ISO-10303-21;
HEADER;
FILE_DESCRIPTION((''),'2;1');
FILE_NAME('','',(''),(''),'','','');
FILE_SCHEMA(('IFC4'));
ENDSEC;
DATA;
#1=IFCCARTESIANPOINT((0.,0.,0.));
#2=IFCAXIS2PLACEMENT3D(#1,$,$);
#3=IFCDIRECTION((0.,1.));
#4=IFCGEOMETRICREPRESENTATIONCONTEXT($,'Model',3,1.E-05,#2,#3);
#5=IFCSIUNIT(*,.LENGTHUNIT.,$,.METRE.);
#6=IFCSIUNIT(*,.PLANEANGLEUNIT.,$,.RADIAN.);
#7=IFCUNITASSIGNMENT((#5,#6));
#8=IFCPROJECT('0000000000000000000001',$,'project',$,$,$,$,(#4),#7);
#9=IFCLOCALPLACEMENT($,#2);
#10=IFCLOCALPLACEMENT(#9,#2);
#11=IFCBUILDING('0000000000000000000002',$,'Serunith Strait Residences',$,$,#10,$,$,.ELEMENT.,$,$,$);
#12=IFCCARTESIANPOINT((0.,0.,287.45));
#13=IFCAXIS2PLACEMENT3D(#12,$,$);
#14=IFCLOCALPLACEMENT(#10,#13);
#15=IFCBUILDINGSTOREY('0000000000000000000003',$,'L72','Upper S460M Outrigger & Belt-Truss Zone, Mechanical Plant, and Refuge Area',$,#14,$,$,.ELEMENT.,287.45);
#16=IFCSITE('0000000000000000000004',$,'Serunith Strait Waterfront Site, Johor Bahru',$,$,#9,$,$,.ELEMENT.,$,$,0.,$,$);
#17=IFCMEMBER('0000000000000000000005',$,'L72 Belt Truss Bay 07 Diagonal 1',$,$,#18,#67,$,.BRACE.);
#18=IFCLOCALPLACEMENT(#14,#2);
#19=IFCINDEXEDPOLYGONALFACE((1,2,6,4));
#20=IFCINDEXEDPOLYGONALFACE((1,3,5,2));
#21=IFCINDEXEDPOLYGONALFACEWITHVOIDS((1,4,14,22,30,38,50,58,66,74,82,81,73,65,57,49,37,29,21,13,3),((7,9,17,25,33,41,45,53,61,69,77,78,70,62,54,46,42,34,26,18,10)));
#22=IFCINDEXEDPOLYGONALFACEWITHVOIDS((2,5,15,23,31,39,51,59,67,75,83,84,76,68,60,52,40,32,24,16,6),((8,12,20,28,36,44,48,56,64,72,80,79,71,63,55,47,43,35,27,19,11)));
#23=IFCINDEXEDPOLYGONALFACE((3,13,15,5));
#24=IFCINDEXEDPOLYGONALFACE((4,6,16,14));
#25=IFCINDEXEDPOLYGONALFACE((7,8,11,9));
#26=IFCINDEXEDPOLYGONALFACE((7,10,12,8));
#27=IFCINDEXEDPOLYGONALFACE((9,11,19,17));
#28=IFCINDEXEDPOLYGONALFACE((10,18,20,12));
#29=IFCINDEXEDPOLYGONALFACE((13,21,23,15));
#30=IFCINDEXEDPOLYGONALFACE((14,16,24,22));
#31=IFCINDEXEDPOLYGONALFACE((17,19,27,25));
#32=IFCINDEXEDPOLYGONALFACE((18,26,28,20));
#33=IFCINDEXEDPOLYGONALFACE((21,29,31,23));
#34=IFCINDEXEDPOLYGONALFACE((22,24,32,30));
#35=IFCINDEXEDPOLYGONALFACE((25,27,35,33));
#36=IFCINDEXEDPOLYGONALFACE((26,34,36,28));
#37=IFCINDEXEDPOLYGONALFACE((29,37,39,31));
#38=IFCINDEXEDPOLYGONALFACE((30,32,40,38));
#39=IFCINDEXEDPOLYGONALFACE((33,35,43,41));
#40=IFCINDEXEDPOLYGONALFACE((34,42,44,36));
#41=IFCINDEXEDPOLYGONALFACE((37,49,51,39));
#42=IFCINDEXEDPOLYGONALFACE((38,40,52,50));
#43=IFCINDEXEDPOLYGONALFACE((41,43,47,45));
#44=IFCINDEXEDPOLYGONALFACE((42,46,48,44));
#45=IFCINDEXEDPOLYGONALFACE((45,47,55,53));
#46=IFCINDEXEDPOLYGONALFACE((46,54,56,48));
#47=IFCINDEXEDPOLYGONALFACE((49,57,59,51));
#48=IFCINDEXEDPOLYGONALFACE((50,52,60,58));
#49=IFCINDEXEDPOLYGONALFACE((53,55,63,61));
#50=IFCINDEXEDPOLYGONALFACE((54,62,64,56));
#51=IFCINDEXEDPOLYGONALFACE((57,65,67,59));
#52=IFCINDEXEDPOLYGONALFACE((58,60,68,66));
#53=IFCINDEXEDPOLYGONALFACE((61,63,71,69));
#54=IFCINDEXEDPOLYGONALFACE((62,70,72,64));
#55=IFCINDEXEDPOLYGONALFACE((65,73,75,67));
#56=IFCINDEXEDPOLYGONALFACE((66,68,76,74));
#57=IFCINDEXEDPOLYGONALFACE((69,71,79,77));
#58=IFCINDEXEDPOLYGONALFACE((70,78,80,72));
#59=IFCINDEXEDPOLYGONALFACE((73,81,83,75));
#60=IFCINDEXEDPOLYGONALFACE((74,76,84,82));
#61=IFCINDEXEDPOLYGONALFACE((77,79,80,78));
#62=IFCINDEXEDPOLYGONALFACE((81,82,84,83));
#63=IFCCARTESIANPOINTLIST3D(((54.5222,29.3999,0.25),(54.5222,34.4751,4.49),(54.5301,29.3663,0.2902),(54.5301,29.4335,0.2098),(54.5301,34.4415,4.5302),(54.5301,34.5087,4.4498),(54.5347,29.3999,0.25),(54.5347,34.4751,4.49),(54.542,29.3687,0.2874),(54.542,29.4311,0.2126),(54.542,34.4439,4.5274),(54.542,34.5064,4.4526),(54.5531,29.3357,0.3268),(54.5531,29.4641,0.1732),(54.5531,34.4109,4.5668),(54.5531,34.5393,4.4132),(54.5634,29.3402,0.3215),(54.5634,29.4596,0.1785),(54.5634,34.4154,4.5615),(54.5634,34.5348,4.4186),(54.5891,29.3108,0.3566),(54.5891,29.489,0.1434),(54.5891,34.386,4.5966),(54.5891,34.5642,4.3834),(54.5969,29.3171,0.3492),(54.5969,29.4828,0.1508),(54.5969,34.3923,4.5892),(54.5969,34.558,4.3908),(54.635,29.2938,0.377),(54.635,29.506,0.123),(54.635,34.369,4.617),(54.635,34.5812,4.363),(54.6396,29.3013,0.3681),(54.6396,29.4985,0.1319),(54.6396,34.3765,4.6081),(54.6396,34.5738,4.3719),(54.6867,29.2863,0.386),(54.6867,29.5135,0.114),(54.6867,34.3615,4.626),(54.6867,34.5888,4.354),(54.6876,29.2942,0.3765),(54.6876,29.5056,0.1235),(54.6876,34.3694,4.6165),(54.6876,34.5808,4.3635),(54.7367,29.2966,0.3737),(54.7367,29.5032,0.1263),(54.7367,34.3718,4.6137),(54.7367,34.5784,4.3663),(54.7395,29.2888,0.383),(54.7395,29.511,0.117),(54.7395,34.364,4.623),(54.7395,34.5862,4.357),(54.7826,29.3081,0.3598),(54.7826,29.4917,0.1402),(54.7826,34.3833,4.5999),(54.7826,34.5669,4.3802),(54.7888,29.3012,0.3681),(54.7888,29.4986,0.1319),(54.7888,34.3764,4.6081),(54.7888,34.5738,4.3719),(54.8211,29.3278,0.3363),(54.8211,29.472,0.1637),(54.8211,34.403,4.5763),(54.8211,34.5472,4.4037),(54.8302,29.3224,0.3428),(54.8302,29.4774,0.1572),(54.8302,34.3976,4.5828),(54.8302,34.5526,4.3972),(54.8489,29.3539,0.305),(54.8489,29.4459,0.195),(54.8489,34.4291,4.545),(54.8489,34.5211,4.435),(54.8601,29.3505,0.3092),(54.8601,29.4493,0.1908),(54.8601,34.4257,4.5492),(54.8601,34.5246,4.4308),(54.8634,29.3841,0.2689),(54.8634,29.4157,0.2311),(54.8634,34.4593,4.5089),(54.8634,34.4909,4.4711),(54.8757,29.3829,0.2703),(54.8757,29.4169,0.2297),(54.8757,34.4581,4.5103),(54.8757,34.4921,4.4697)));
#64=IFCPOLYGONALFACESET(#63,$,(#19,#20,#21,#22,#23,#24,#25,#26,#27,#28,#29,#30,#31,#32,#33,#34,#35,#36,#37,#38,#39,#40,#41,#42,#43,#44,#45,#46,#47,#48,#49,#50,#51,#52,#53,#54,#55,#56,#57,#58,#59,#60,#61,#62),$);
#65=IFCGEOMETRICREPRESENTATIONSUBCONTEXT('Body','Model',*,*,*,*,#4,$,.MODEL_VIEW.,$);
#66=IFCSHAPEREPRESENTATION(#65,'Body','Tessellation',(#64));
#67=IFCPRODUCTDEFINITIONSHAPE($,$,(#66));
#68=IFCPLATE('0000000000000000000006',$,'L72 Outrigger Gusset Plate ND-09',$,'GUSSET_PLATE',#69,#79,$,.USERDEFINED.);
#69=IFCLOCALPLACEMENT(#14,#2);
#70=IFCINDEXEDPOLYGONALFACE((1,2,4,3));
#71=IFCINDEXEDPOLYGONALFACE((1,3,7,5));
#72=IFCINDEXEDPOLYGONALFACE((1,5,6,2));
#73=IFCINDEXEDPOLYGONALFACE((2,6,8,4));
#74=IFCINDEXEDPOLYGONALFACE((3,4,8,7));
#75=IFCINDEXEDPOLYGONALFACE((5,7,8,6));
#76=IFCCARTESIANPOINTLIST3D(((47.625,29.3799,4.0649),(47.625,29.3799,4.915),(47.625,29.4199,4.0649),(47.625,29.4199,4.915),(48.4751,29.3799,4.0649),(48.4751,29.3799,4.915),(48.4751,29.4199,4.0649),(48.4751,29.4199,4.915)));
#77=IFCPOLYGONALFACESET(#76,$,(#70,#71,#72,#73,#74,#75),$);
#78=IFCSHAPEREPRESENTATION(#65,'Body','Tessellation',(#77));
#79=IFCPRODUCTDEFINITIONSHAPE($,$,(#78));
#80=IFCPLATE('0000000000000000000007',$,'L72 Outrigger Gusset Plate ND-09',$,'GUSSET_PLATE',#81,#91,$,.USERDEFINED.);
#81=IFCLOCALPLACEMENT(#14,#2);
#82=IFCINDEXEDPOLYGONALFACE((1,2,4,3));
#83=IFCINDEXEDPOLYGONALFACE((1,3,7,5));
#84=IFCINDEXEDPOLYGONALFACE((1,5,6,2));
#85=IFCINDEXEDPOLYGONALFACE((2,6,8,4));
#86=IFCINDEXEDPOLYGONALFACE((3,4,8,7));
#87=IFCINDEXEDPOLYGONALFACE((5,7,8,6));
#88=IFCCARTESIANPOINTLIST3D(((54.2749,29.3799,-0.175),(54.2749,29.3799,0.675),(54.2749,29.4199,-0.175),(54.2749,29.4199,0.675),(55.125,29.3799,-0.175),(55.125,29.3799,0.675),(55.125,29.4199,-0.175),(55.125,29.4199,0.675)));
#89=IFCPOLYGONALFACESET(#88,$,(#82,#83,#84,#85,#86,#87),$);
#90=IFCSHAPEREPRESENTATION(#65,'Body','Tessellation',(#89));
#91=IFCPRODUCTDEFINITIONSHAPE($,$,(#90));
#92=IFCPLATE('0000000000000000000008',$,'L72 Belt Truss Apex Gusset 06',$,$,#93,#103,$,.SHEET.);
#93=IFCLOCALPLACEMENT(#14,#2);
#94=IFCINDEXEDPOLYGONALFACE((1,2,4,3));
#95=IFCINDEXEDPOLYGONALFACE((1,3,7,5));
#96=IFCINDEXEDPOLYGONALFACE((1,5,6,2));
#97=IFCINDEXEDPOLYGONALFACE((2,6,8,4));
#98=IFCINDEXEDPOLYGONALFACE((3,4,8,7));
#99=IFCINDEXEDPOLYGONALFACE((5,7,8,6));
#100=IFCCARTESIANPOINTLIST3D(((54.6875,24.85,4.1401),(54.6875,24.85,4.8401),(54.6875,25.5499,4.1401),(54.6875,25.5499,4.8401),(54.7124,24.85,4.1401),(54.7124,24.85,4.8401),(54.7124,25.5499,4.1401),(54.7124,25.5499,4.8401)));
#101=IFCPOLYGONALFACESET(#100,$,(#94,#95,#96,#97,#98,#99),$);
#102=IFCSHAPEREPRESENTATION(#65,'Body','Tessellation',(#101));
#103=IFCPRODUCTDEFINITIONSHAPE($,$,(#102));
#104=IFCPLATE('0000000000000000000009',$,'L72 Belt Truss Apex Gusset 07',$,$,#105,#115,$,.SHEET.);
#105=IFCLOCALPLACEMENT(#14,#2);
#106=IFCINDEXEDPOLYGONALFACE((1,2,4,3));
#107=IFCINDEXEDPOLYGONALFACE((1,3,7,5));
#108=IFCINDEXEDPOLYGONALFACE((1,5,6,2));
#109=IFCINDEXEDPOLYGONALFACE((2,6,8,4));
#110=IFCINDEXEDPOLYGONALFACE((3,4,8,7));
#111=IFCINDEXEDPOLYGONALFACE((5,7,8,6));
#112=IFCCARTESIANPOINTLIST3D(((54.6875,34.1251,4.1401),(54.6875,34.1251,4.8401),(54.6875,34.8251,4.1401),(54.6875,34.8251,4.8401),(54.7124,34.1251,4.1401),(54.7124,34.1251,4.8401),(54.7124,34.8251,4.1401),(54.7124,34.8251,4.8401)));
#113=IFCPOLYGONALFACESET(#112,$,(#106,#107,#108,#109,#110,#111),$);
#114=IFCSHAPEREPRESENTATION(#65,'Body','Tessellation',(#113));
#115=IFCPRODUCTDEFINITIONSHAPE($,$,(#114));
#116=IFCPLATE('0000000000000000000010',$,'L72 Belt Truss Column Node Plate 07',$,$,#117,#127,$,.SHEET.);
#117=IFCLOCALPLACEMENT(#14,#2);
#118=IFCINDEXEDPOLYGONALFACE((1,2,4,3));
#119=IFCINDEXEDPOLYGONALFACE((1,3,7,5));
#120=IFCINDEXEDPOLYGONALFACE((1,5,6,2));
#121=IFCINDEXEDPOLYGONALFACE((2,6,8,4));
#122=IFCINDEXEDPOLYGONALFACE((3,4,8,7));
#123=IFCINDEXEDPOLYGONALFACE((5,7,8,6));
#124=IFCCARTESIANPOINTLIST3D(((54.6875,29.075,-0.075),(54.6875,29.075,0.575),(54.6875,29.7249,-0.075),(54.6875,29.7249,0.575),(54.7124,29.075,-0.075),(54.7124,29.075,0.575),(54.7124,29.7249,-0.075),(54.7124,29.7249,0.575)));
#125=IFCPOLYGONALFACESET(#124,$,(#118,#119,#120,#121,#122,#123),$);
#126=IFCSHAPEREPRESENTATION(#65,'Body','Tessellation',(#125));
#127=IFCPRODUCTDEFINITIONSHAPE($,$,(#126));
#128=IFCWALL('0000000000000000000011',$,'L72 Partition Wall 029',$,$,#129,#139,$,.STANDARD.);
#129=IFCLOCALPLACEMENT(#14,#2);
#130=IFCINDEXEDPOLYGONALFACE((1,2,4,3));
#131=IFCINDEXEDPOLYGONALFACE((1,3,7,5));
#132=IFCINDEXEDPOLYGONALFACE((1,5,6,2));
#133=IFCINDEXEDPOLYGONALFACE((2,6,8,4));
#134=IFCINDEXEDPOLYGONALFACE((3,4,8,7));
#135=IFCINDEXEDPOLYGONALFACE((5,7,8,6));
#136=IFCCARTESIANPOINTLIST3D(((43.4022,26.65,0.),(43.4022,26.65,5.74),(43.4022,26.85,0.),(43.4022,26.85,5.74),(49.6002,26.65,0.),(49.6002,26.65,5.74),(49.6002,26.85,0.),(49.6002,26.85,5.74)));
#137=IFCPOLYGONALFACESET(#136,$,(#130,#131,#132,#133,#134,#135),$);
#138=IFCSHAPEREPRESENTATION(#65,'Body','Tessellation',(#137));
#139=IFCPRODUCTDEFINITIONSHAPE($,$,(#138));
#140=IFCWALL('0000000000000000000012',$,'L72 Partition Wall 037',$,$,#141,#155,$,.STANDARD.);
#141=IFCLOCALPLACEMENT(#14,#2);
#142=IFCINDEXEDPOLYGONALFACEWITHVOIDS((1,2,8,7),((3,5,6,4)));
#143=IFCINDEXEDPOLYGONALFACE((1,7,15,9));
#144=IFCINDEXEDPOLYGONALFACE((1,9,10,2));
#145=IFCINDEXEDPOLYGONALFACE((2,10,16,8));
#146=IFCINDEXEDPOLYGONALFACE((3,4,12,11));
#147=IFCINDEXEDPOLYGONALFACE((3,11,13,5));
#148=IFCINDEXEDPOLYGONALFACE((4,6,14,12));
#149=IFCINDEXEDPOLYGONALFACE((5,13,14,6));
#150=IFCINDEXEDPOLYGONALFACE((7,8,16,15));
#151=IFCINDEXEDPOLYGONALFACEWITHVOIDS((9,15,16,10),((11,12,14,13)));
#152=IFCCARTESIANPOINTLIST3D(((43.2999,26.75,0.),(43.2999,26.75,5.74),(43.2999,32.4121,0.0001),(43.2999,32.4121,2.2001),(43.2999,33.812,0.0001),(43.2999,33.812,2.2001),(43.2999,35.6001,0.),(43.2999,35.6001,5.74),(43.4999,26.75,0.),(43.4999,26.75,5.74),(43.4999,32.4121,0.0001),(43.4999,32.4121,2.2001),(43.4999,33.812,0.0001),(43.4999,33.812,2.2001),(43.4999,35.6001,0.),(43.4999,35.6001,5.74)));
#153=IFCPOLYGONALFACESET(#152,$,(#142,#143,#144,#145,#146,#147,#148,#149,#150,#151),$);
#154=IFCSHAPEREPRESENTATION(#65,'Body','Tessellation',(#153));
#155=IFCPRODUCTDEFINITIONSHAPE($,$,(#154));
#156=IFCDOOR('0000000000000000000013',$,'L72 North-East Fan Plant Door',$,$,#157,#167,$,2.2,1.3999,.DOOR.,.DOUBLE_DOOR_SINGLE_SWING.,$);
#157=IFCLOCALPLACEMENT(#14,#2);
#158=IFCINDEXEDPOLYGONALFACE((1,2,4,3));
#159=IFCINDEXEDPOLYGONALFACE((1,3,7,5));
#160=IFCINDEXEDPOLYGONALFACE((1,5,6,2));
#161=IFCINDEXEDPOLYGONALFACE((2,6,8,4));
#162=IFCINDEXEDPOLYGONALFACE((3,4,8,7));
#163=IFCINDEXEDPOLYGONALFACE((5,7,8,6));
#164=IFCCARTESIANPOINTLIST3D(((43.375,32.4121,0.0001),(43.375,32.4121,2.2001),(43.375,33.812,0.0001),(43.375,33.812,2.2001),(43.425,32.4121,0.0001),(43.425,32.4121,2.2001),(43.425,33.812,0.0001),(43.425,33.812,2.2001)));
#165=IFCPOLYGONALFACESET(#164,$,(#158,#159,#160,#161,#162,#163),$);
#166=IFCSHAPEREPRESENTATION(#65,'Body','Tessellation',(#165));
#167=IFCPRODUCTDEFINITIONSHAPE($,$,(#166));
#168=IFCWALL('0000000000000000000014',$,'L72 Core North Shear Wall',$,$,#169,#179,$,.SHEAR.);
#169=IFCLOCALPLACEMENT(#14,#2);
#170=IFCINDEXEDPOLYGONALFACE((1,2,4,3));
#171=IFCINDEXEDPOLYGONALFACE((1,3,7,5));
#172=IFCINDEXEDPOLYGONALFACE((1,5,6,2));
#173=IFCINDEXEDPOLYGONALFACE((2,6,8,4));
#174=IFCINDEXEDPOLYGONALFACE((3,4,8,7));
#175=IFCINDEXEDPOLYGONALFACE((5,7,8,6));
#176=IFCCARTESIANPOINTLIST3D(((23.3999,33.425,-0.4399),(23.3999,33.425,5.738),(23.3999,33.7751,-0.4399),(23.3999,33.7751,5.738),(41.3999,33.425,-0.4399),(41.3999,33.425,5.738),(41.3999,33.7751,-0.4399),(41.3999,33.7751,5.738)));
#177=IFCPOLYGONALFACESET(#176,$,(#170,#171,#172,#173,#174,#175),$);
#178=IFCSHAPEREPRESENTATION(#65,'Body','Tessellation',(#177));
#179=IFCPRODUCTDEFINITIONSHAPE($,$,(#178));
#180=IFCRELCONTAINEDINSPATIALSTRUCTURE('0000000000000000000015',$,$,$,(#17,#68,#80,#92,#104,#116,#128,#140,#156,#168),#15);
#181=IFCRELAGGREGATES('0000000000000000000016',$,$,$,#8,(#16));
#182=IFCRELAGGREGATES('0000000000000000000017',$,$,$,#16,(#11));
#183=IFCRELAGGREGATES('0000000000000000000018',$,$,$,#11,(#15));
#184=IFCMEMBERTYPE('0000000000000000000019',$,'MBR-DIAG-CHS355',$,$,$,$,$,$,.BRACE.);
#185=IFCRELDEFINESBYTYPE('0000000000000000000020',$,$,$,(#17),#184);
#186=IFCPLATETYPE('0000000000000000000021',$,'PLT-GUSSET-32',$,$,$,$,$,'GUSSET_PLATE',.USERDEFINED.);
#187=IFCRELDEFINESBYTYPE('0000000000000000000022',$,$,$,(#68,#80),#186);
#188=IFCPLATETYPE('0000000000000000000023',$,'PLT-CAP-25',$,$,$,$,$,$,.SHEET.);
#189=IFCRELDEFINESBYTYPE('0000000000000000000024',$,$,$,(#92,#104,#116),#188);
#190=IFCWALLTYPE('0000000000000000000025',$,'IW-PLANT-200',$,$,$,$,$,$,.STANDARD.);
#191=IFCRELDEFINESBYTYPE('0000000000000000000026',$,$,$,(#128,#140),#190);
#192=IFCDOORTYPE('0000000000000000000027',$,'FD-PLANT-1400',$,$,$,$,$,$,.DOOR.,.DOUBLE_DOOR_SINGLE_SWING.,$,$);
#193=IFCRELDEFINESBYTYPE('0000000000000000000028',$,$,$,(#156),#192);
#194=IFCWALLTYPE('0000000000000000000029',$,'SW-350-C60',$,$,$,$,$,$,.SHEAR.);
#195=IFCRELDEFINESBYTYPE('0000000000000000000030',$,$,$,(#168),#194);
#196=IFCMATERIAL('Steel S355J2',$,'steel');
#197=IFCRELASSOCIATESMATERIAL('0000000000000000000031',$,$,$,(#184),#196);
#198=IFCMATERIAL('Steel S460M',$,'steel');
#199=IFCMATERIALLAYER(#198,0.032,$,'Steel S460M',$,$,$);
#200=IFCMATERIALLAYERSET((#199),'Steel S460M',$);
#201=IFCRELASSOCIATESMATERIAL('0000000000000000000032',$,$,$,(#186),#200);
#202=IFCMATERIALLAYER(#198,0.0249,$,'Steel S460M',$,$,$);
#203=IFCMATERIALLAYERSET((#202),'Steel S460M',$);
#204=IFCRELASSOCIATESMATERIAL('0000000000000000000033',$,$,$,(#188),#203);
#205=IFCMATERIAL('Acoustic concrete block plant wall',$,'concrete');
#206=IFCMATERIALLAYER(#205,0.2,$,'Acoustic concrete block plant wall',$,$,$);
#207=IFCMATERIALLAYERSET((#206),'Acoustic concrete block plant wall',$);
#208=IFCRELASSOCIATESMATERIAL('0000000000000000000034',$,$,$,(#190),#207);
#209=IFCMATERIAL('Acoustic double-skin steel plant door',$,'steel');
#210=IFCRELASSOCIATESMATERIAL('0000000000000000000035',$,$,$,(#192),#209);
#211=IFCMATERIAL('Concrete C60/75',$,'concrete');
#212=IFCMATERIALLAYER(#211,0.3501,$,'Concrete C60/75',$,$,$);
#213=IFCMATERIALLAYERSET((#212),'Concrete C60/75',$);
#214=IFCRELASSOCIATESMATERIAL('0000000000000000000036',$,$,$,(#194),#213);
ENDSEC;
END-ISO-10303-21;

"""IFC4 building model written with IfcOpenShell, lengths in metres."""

from ifc_helpers import new_model, si_unit, direction, frame, frame_2d, origin, origin_2d, place, context, subcontext, project, spatial, rectangle, hollow_circle, extrude, source, transform, mapped, material, layer, layer_set, material_profile, profile_set, type_object, element, fill, save


model = new_model("IFC4")

# Units and contexts
model_context = context("Model", 3, precision=1e-05, world=origin(), true_north=direction((0.0, 1.0)))
body_context = subcontext(model_context, "Body", "Model", "MODEL_VIEW")
ifc_project = project(units=[si_unit("LENGTHUNIT", "METRE"), si_unit("PLANEANGLEUNIT", "RADIAN")], contexts=[model_context])

# Site, building, storey
site_placement = place(None, origin())
site = spatial("IfcSite", under=ifc_project, at=site_placement, Name="Serunith Strait Waterfront Site, Johor Bahru", CompositionType="ELEMENT", RefElevation=0.0)
building_placement = place(site_placement, origin())
building = spatial("IfcBuilding", under=site, at=building_placement, Name="Serunith Strait Residences", CompositionType="ELEMENT")
storey_placement = place(building_placement, frame((0.0, 0.0, 287.45)))
storey = spatial("IfcBuildingStorey", under=building, at=storey_placement, Name="L72", Description="Upper S460M Outrigger & Belt-Truss Zone, Mechanical Plant, and Refuge Area", CompositionType="ELEMENT", Elevation=287.45)

# Shared definitions
ifc_material_1 = material(Name="Steel S355J2", Category="steel")

# Member
ifc_material_2 = material(Name="Steel S460M", Category="steel")
ifc_material_profile_1 = material_profile(ifc_material_1, hollow_circle(Radius=0.1777, WallThickness=0.0125, at=origin_2d()), Name="CHS 355.6x12.5")
ifc_profile_set_1 = profile_set([ifc_material_profile_1], Name="Steel S355J2")
member_type_1 = type_object("IfcMemberType", Name="MBR-DIAG-CHS355", PredefinedType="BRACE", material=ifc_profile_set_1)
shared_shape_1 = source(origin(), body_context, "Body", "SweptSolid", [
    extrude(hollow_circle(Radius=0.1777, WallThickness=0.0125, at=origin_2d()), origin(), (0.0, 0.0, 1.0), 6.6133),
])
member_1_placement = place(storey_placement, frame((54.7, 29.3999, 0.25), z_axis=(0.0, 0.767428, 0.641135), x_axis=(-1.0, 0.0, 0.0)))
element("IfcMember", 1, at=member_1_placement, inside=storey, type_object=member_type_1, Name="L72 Belt Truss Bay 07 Diagonal 1", PredefinedType="BRACE", context=body_context, shape_type="MappedRepresentation", body=[
    mapped(shared_shape_1, transform((0.0, 0.0, 0.0), scale=1.0)),
])

# Plates
ifc_layer_1 = layer(ifc_material_2, 0.032, Name="Steel S460M")
ifc_layer_set_1 = layer_set([ifc_layer_1], Name="Steel S460M")
plate_type_1 = type_object("IfcPlateType", Name="PLT-GUSSET-32", ElementType="GUSSET_PLATE", PredefinedType="USERDEFINED", material=ifc_layer_set_1)
shared_shape_2 = source(origin(), body_context, "Body", "SweptSolid", [
    extrude(rectangle(XDim=0.8501, YDim=0.04, at=origin_2d()), origin(), (0.0, 0.0, 1.0), 0.8501),
])
for number, where, z_axis, x_axis, name in (
    (2, (48.05, 29.3999, 4.0649), (0.0, 0.0, 1.0), (1.0, 0.0, 0.0), "L72 Outrigger Gusset Plate ND-09"),
    (3, (54.7, 29.3999, -0.175), (0.0, 0.0, 1.0), (1.0, 0.0, 0.0), "L72 Outrigger Gusset Plate ND-09"),
):
    element("IfcPlate", number, at=place(storey_placement, frame(where, z_axis=z_axis, x_axis=x_axis)), inside=storey, type_object=plate_type_1, Name=name, ObjectType="GUSSET_PLATE", PredefinedType="USERDEFINED", context=body_context, shape_type="MappedRepresentation", body=[
        mapped(shared_shape_2, transform((0.0, 0.0, 0.0), scale=1.0)),
    ])
ifc_layer_2 = layer(ifc_material_2, 0.0249, Name="Steel S460M")
ifc_layer_set_2 = layer_set([ifc_layer_2], Name="Steel S460M")
plate_type_2 = type_object("IfcPlateType", Name="PLT-CAP-25", PredefinedType="SHEET", material=ifc_layer_set_2)
shared_shape_3 = source(origin(), body_context, "Body", "SweptSolid", [
    extrude(rectangle(XDim=0.7, YDim=0.0249, at=origin_2d()), origin(), (0.0, 0.0, 1.0), 0.7),
])
for number, where, z_axis, x_axis, name in (
    (4, (54.7, 25.2, 4.1401), (0.0, 0.0, 1.0), (0.0, 1.0, 0.0), "L72 Belt Truss Apex Gusset 06"),
    (5, (54.7, 34.4751, 4.1401), (0.0, 0.0, 1.0), (0.0, 1.0, 0.0), "L72 Belt Truss Apex Gusset 07"),
):
    element("IfcPlate", number, at=place(storey_placement, frame(where, z_axis=z_axis, x_axis=x_axis)), inside=storey, type_object=plate_type_2, Name=name, PredefinedType="SHEET", context=body_context, shape_type="MappedRepresentation", body=[
        mapped(shared_shape_3, transform((0.0, 0.0, 0.0), scale=1.0)),
    ])
shared_shape_4 = source(origin(), body_context, "Body", "SweptSolid", [
    extrude(rectangle(XDim=0.6499, YDim=0.0249, at=origin_2d()), origin(), (0.0, 0.0, 1.0), 0.6499),
])
plate_placement = place(storey_placement, frame((54.7, 29.3999, -0.075), z_axis=(0.0, 0.0, 1.0), x_axis=(0.0, 1.0, 0.0)))
element("IfcPlate", 6, at=plate_placement, inside=storey, type_object=plate_type_2, Name="L72 Belt Truss Column Node Plate 07", PredefinedType="SHEET", context=body_context, shape_type="MappedRepresentation", body=[
    mapped(shared_shape_4, transform((0.0, 0.0, 0.0), scale=1.0)),
])

# Wall
ifc_material_3 = material(Name="Acoustic concrete block plant wall", Category="concrete")
ifc_layer_3 = layer(ifc_material_3, 0.2, Name="Acoustic concrete block plant wall")
ifc_layer_set_3 = layer_set([ifc_layer_3], Name="Acoustic concrete block plant wall")
wall_type_1 = type_object("IfcWallType", Name="IW-PLANT-200", PredefinedType="STANDARD", material=ifc_layer_set_3)
wall_1_placement = place(storey_placement, frame((43.4021, 26.75, 0.0), z_axis=(0.0, 0.0, 1.0), x_axis=(1.0, 0.0, 0.0)))
element("IfcWall", 7, at=wall_1_placement, inside=storey, type_object=wall_type_1, Name="L72 Partition Wall 029", PredefinedType="STANDARD", context=body_context, shape_type="SweptSolid", body=[
    extrude(rectangle(XDim=6.198, YDim=0.2, at=frame_2d((3.0991, 0.0))), origin(), (0.0, 0.0, 1.0), 5.74),
])

# Wall, opening, door
wall_2_placement = place(storey_placement, frame((43.3999, 26.75, 0.0), z_axis=(0.0, 0.0, 1.0), x_axis=(0.0, 1.0, 0.0)))
wall_2 = element("IfcWall", 8, at=wall_2_placement, inside=storey, type_object=wall_type_1, Name="L72 Partition Wall 037", PredefinedType="STANDARD", context=body_context, shape_type="SweptSolid", body=[
    extrude(rectangle(XDim=8.8501, YDim=0.2, at=frame_2d((4.425, 0.0))), origin(), (0.0, 0.0, 1.0), 5.74),
])
opening_placement = place(wall_2_placement, frame((5.6621, 0.0, 0.0)))
opening = element("IfcOpeningElement", 9, at=opening_placement, cuts=wall_2, PredefinedType="OPENING", context=body_context, shape_type="SweptSolid", body=[
    extrude(rectangle(XDim=1.3999, YDim=2.2, at=frame_2d((0.7, 1.1001))), frame((0.0, 0.1099, 0.0), z_axis=(0.0, -1.0, 0.0), x_axis=(1.0, 0.0, 0.0)), (0.0, 0.0, 1.0), 0.22),
])
ifc_material_4 = material(Name="Acoustic double-skin steel plant door", Category="steel")
door_type = type_object("IfcDoorType", Name="FD-PLANT-1400", OperationType="DOUBLE_DOOR_SINGLE_SWING", PredefinedType="DOOR", material=ifc_material_4)
shared_shape_5 = source(origin(), body_context, "Body", "SweptSolid", [
    extrude(rectangle(XDim=1.3999, YDim=2.2, at=frame_2d((0.7, 1.1001))), frame((0.0, 0.0249, 0.0), z_axis=(0.0, -1.0, 0.0), x_axis=(1.0, 0.0, 0.0)), (0.0, 0.0, 1.0), 0.05),
])
door_placement = place(opening_placement, origin())
door = element("IfcDoor", 10, at=door_placement, inside=storey, type_object=door_type, Name="L72 North-East Fan Plant Door", OperationType="DOUBLE_DOOR_SINGLE_SWING", OverallHeight=2.2, OverallWidth=1.3999, PredefinedType="DOOR", context=body_context, shape_type="MappedRepresentation", body=[
    mapped(shared_shape_5, transform((0.0, 0.0, 0.0), scale=1.0)),
])
fill(opening, door)

# Wall
ifc_material_5 = material(Name="Concrete C60/75", Category="concrete")
ifc_layer_4 = layer(ifc_material_5, 0.3501, Name="Concrete C60/75")
ifc_layer_set_4 = layer_set([ifc_layer_4], Name="Concrete C60/75")
wall_type_2 = type_object("IfcWallType", Name="SW-350-C60", PredefinedType="SHEAR", material=ifc_layer_set_4)
wall_3_placement = place(storey_placement, frame((41.3999, 33.6001, -0.4399), z_axis=(0.0, 0.0, 1.0), x_axis=(-1.0, 0.0, 0.0)))
element("IfcWall", 11, at=wall_3_placement, inside=storey, type_object=wall_type_2, Name="L72 Core North Shear Wall", PredefinedType="SHEAR", context=body_context, shape_type="SweptSolid", body=[
    extrude(rectangle(XDim=18.0, YDim=0.3501, at=frame_2d((9.0, 0.0))), origin(), (0.0, 0.0, 1.0), 6.178),
])

save(model, "model.ifc")
